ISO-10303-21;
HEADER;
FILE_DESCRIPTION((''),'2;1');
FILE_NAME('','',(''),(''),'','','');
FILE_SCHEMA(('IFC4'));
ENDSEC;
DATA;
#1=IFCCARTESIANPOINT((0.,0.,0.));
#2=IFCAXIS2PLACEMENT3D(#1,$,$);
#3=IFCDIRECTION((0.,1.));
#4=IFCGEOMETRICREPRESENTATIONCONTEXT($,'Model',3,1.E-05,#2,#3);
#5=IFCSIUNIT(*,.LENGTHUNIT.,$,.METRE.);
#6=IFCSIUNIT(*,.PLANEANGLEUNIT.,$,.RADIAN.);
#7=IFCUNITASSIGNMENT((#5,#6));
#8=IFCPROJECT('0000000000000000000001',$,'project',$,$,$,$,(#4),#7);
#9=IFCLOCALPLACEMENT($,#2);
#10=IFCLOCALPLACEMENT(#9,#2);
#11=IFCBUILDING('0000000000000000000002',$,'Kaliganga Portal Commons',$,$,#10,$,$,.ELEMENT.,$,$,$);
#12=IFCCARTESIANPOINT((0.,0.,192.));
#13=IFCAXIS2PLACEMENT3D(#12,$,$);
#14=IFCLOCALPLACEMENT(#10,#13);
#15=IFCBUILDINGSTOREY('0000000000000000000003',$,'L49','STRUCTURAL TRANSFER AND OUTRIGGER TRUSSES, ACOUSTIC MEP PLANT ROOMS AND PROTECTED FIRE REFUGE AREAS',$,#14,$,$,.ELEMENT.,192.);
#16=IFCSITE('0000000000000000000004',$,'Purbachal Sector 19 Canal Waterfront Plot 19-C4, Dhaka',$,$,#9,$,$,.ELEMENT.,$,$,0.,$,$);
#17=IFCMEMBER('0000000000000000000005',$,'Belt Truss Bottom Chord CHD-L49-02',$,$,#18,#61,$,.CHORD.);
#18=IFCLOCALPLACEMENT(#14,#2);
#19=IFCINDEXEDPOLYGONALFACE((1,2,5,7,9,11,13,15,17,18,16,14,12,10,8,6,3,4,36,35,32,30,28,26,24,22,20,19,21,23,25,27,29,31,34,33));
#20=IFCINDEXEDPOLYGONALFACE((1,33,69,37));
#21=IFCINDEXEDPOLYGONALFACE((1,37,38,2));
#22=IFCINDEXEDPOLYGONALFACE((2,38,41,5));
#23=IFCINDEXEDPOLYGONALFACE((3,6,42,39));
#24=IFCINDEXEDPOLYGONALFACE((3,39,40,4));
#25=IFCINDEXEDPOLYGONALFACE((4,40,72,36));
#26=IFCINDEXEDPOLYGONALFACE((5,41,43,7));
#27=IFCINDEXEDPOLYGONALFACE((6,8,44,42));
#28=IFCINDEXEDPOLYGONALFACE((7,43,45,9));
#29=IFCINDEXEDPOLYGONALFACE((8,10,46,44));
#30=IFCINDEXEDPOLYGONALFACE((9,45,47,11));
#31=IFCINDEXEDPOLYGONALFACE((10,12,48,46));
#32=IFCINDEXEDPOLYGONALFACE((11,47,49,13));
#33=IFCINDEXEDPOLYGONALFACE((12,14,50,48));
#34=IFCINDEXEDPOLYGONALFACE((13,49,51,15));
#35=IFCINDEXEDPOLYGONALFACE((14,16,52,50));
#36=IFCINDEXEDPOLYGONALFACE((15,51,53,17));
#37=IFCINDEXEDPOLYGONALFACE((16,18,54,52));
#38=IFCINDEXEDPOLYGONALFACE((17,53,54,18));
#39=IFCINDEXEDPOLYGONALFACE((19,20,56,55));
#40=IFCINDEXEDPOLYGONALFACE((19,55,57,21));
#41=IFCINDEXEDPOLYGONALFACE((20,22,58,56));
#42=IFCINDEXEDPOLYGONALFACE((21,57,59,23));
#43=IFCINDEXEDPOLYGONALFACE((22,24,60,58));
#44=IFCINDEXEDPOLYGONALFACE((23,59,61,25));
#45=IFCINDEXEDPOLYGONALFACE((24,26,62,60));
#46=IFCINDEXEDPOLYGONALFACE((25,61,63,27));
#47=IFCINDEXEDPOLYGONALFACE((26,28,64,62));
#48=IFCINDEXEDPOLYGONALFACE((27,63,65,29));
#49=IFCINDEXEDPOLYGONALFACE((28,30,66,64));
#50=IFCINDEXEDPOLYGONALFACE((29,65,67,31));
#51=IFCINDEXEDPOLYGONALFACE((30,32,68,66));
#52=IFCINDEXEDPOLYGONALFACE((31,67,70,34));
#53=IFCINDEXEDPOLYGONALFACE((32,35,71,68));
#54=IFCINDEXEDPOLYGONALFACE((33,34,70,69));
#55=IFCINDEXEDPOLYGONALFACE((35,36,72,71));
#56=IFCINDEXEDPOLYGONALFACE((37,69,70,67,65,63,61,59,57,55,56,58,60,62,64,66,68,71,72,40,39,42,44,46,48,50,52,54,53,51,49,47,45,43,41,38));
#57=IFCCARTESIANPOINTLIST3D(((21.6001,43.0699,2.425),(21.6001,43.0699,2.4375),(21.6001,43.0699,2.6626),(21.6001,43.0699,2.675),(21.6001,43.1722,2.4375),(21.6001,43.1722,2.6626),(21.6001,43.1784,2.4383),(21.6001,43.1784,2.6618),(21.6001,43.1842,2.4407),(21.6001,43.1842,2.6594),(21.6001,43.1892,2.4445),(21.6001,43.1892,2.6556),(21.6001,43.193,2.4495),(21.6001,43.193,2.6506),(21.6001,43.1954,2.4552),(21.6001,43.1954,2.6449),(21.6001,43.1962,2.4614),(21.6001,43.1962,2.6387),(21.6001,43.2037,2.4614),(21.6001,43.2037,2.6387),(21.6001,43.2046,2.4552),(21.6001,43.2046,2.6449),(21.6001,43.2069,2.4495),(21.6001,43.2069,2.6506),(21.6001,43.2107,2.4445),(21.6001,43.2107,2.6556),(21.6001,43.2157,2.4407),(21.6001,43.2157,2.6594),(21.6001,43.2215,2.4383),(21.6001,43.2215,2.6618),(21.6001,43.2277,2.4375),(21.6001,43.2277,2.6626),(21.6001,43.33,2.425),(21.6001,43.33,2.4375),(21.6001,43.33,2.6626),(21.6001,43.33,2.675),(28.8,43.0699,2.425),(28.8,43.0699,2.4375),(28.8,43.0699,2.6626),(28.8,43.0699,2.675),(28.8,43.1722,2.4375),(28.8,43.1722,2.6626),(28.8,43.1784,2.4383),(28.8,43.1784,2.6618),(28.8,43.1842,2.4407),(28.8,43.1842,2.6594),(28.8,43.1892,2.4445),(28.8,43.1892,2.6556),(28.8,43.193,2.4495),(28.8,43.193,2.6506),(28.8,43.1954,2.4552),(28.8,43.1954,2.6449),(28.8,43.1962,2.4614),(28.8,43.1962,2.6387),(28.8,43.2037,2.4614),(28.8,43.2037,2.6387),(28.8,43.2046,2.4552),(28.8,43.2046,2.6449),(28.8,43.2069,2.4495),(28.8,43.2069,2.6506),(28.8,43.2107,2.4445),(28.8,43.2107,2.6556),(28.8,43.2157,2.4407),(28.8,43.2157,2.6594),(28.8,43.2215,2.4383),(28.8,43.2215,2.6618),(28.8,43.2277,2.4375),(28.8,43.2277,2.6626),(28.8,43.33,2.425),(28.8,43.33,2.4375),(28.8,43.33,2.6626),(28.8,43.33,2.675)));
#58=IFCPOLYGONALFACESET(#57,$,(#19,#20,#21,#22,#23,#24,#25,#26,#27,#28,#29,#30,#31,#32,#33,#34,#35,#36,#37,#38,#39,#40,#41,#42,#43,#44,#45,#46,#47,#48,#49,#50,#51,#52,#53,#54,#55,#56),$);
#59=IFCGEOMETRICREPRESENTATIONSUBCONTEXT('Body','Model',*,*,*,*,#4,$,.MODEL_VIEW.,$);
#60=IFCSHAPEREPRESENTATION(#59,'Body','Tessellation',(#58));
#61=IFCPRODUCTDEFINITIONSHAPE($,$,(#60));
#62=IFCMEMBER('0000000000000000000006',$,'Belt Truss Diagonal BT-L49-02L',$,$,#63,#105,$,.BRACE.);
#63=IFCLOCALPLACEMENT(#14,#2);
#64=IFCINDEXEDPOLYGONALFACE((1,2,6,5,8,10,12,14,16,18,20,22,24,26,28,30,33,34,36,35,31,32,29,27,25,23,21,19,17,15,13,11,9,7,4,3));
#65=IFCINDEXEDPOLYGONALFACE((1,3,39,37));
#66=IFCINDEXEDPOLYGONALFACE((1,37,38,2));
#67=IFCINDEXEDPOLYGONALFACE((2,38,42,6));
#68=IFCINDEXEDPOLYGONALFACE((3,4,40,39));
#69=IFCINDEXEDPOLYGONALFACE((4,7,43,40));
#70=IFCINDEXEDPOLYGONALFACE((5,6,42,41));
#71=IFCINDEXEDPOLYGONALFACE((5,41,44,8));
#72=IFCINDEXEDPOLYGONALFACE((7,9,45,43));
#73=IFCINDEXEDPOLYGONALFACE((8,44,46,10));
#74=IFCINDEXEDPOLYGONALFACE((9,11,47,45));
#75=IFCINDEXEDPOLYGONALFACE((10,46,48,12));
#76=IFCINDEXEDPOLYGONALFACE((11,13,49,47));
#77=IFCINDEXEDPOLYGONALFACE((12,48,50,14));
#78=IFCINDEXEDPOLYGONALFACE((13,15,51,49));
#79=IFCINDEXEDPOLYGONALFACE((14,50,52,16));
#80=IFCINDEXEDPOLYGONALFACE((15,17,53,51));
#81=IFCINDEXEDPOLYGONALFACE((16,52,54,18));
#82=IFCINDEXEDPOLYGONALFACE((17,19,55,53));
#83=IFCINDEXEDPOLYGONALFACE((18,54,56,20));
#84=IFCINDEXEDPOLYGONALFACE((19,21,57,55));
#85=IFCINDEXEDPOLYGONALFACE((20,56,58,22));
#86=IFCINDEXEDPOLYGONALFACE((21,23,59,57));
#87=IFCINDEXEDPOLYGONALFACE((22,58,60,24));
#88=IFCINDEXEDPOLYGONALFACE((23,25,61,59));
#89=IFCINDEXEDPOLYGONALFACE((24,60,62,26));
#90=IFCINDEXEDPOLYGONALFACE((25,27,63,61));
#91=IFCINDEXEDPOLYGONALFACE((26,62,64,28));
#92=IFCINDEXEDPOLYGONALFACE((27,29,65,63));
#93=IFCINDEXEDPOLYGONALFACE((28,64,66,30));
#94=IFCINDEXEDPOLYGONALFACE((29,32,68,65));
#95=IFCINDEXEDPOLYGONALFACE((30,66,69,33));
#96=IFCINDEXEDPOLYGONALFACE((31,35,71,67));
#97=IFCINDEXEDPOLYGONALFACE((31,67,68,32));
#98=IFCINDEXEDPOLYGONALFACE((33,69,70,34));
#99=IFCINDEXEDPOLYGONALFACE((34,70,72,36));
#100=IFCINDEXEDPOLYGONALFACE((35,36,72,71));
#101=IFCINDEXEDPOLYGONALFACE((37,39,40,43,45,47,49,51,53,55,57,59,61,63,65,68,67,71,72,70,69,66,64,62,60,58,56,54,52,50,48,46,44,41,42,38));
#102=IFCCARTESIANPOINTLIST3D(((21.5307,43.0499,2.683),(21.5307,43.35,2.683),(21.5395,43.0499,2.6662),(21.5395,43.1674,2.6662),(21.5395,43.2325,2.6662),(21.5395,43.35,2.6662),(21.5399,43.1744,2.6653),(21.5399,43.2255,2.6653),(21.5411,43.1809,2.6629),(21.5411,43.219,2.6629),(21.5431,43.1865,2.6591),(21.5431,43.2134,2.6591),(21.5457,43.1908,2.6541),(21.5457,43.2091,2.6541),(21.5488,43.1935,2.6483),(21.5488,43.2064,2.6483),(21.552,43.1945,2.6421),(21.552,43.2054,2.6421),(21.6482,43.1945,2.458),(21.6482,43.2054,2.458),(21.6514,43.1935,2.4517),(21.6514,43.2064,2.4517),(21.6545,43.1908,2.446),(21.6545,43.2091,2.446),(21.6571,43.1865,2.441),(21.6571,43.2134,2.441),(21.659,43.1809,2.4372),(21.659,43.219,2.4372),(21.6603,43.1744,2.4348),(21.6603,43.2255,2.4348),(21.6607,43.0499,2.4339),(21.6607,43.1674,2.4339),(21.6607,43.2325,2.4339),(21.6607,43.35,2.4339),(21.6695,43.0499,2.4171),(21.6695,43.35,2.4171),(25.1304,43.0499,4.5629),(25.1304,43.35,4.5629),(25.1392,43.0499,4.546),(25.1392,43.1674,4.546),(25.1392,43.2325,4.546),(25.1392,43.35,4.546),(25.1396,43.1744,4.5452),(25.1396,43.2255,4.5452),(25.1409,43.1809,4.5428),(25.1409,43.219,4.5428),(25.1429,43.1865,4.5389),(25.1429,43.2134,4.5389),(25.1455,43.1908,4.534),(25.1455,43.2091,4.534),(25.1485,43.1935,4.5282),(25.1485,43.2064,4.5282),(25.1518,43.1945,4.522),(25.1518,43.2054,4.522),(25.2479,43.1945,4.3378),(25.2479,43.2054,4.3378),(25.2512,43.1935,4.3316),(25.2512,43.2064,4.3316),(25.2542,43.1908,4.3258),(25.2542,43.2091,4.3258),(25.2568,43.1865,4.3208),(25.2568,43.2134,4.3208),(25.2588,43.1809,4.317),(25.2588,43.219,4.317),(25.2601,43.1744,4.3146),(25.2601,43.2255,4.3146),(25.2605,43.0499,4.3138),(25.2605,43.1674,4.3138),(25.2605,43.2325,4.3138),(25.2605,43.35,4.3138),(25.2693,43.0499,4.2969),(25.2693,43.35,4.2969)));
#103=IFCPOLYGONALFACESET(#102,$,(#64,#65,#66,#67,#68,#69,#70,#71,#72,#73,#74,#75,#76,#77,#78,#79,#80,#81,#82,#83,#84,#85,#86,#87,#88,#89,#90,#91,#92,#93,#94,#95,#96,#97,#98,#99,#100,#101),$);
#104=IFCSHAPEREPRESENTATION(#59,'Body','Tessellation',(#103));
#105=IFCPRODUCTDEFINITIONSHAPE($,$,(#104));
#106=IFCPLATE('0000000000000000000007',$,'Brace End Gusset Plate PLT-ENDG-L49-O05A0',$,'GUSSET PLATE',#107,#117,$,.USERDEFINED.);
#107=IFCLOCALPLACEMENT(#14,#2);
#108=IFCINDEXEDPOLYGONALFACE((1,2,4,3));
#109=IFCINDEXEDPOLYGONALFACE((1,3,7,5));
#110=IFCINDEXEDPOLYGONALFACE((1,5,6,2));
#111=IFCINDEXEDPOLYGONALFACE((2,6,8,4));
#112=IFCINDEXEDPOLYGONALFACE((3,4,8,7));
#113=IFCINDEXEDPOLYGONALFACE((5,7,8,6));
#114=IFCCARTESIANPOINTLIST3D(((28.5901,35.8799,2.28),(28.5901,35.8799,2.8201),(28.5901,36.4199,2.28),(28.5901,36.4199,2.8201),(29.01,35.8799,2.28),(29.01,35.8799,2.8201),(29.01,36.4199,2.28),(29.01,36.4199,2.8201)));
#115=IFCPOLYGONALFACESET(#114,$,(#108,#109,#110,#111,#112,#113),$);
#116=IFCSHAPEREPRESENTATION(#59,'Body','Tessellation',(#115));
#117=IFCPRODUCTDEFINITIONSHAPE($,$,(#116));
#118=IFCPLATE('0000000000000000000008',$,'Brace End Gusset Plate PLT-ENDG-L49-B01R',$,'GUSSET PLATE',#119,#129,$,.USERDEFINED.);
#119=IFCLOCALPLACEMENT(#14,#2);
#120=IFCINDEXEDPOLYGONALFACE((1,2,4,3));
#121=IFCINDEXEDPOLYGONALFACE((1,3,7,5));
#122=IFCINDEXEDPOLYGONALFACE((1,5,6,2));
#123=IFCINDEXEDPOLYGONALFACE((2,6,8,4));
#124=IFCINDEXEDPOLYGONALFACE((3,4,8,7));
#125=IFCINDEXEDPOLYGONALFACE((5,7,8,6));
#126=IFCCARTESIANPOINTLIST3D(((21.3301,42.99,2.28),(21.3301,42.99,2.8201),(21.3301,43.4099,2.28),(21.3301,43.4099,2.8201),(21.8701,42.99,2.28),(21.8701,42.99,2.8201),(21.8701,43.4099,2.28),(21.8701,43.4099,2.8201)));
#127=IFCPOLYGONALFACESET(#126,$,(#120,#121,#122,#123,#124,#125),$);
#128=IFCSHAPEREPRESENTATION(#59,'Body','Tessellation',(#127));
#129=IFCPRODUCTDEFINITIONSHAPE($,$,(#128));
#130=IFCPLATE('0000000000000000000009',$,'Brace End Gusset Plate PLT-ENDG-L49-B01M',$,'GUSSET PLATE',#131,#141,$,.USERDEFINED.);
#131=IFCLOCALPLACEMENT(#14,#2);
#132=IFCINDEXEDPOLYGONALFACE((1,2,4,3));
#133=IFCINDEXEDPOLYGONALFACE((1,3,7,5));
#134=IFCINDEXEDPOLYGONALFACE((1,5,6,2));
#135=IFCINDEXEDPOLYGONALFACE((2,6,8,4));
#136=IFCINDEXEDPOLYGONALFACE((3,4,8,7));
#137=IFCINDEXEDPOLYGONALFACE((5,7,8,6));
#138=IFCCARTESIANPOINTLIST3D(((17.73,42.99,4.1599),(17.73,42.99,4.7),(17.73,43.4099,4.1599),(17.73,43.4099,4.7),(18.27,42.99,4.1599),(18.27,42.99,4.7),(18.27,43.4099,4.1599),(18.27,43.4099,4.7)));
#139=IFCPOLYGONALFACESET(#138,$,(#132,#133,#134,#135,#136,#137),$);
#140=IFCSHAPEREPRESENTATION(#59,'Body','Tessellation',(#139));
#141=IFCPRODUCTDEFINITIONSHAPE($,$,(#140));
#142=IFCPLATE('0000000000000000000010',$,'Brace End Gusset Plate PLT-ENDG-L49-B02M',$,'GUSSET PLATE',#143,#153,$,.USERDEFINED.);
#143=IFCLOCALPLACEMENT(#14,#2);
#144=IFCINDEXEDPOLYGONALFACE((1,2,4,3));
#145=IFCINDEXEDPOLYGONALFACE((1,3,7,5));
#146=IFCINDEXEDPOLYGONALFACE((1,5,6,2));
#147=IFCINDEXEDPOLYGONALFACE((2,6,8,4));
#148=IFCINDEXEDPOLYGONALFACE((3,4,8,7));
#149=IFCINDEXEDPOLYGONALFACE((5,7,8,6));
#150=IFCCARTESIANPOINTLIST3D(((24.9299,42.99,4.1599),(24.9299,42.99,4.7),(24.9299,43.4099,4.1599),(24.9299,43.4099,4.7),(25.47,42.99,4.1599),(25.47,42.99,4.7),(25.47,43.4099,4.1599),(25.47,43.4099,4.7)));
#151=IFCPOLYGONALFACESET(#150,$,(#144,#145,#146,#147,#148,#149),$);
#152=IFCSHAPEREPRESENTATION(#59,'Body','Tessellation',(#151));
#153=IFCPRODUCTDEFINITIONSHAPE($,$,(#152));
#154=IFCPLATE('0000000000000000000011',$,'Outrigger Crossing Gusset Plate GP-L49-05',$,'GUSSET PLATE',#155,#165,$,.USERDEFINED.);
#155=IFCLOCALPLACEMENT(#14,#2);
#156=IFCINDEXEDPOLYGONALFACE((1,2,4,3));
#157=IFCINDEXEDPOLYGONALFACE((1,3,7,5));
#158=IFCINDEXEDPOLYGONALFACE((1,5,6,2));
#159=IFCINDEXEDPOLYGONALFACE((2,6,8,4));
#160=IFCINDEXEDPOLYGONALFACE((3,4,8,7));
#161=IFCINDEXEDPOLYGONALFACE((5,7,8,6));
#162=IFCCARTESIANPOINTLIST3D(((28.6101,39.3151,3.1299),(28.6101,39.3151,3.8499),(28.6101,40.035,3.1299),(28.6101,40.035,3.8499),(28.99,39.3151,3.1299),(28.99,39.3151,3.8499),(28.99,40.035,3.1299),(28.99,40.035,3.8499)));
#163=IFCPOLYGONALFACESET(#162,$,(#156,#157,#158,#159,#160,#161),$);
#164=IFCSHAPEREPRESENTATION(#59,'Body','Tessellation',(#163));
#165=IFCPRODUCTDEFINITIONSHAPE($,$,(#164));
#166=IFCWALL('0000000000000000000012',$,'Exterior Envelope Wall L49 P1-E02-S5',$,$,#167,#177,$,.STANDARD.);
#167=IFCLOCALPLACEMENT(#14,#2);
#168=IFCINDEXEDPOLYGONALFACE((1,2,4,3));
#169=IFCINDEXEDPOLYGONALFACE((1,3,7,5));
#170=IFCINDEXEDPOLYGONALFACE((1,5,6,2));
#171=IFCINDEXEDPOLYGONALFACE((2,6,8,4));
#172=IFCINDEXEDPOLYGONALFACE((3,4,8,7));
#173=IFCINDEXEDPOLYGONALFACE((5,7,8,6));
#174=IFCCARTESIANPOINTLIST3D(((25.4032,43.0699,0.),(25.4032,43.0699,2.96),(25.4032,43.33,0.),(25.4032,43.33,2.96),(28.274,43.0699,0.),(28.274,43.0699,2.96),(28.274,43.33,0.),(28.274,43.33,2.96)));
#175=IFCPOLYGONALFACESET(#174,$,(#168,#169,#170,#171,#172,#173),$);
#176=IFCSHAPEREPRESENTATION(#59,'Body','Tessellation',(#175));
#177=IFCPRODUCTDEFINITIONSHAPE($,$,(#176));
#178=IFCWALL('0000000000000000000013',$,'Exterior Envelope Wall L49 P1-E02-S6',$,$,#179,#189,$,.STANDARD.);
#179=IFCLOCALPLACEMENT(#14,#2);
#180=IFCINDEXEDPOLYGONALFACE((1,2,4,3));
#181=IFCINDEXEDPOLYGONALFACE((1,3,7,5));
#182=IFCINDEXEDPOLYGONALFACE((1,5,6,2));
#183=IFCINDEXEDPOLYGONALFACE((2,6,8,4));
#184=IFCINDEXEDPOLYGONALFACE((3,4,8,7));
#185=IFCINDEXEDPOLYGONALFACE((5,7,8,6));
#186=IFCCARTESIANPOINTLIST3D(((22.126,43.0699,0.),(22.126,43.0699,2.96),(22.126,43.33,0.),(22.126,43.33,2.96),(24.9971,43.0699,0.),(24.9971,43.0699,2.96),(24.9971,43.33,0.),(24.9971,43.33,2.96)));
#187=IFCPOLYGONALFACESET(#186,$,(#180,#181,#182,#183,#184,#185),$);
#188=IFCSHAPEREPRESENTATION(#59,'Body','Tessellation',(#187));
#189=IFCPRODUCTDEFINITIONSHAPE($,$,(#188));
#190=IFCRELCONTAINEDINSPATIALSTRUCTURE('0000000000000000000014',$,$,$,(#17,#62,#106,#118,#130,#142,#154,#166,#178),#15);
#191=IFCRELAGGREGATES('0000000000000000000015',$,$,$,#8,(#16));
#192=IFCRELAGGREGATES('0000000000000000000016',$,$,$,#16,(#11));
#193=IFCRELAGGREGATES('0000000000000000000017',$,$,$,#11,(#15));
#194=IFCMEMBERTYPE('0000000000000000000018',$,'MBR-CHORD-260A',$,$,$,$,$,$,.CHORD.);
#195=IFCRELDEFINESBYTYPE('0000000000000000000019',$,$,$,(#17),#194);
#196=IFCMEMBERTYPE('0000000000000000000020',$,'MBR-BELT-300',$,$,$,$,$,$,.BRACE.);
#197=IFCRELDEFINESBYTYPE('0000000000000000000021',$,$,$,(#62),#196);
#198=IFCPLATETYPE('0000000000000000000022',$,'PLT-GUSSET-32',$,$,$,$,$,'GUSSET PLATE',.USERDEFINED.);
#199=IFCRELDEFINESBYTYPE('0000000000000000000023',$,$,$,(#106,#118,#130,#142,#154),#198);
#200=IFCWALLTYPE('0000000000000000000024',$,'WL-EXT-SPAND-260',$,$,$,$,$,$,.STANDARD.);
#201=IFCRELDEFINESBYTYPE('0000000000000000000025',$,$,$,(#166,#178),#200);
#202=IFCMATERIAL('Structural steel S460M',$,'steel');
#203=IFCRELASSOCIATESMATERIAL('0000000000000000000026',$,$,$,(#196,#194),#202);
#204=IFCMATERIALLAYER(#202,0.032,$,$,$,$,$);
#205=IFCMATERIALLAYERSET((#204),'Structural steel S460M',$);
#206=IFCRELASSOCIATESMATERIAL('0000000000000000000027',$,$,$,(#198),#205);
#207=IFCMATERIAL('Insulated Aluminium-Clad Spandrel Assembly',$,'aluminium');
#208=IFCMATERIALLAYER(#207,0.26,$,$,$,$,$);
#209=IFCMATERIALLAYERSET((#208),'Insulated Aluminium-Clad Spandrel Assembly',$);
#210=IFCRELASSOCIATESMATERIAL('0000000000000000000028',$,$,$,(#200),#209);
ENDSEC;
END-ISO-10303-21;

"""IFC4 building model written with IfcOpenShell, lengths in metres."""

from ifc_helpers import new_model, si_unit, direction, frame, frame_2d, origin, origin_2d, place, context, subcontext, project, spatial, rectangle, i_section, extrude, source, transform, mapped, material, layer, layer_set, material_profile, profile_set, type_object, element, save


model = new_model("IFC4")

# Units and contexts
model_context = context("Model", 3, precision=1e-05, world=origin(), true_north=direction((0.0, 1.0)))
body_context = subcontext(model_context, "Body", "Model", "MODEL_VIEW")
ifc_project = project(units=[si_unit("LENGTHUNIT", "METRE"), si_unit("PLANEANGLEUNIT", "RADIAN")], contexts=[model_context])

# Site, building, storey
site_placement = place(None, origin())
site = spatial("IfcSite", under=ifc_project, at=site_placement, Name="Purbachal Sector 19 Canal Waterfront Plot 19-C4, Dhaka", CompositionType="ELEMENT", RefElevation=0.0)
building_placement = place(site_placement, origin())
building = spatial("IfcBuilding", under=site, at=building_placement, Name="Kaliganga Portal Commons", CompositionType="ELEMENT")
storey_placement = place(building_placement, frame((0.0, 0.0, 192.0)))
storey = spatial("IfcBuildingStorey", under=building, at=storey_placement, Name="L49", Description="STRUCTURAL TRANSFER AND OUTRIGGER TRUSSES, ACOUSTIC MEP PLANT ROOMS AND PROTECTED FIRE REFUGE AREAS", CompositionType="ELEMENT", Elevation=192.0)

# Shared definitions
ifc_material_1 = material(Name="Structural steel S460M", Category="steel")

# Members
ifc_material_profile_1 = material_profile(ifc_material_1, i_section(OverallWidth=0.3, OverallDepth=0.3, WebThickness=0.011, FlangeThickness=0.019, FilletRadius=0.0271, at=origin_2d()), Name="HE 300 B")
ifc_profile_set_1 = profile_set([ifc_material_profile_1], Name="Structural steel S460M wide-flange")
member_type_1 = type_object("IfcMemberType", Name="MBR-BELT-300", PredefinedType="BRACE", material=ifc_profile_set_1)
ifc_material_profile_2 = material_profile(ifc_material_1, i_section(OverallWidth=0.26, OverallDepth=0.25, WebThickness=0.0076, FlangeThickness=0.0125, FilletRadius=0.0239, at=origin_2d()), Name="HE 260 A")
ifc_profile_set_2 = profile_set([ifc_material_profile_2], Name="Structural steel S460M wide-flange")
member_type_2 = type_object("IfcMemberType", Name="MBR-CHORD-260A", PredefinedType="CHORD", material=ifc_profile_set_2)
shared_shape_1 = source(origin(), body_context, "Body", "SweptSolid", [
    extrude(i_section(OverallWidth=0.26, OverallDepth=0.25, WebThickness=0.0076, FlangeThickness=0.0125, FilletRadius=0.0239, at=origin_2d()), origin(), (0.0, 0.0, 1.0), 7.2),
])
member_1_placement = place(storey_placement, frame((21.6001, 43.2, 2.55), z_axis=(1.0, 0.0, 0.0), x_axis=(0.0, 1.0, 0.0)))
element("IfcMember", 1, at=member_1_placement, inside=storey, type_object=member_type_2, Name="Belt Truss Bottom Chord CHD-L49-02", PredefinedType="CHORD", context=body_context, shape_type="MappedRepresentation", body=[
    mapped(shared_shape_1, transform((0.0, 0.0, 0.0), x_axis=(1.0, 0.0, 0.0), y_axis=(0.0, 1.0, 0.0), z_axis=(0.0, 0.0, 1.0), scale=1.0)),
])
shared_shape_2 = source(origin(), body_context, "Body", "SweptSolid", [
    extrude(i_section(OverallWidth=0.3, OverallDepth=0.3, WebThickness=0.011, FlangeThickness=0.019, FilletRadius=0.0271, at=origin_2d()), origin(), (0.0, 0.0, 1.0), 4.061),
])
member_2_placement = place(storey_placement, frame((21.6001, 43.2, 2.55), z_axis=(0.886413, 0.0, 0.462895), x_axis=(0.0, 1.0, 0.0)))
element("IfcMember", 2, at=member_2_placement, inside=storey, type_object=member_type_1, Name="Belt Truss Diagonal BT-L49-02L", PredefinedType="BRACE", context=body_context, shape_type="MappedRepresentation", body=[
    mapped(shared_shape_2, transform((0.0, 0.0, 0.0), x_axis=(1.0, 0.0, 0.0), y_axis=(0.0, 1.0, 0.0), z_axis=(0.0, 0.0, 1.0), scale=1.0)),
])

# Plates
ifc_layer_1 = layer(ifc_material_1, 0.032)
ifc_layer_set_1 = layer_set([ifc_layer_1], Name="Structural steel S460M")
plate_type = type_object("IfcPlateType", Name="PLT-GUSSET-32", ElementType="GUSSET PLATE", PredefinedType="USERDEFINED", material=ifc_layer_set_1)
shared_shape_3 = source(origin(), body_context, "Body", "SweptSolid", [
    extrude(rectangle(XDim=0.54, YDim=0.4199, at=origin_2d()), origin(), (0.0, 0.0, 1.0), 0.54),
])
for number, where, z_axis, x_axis, name in (
    (3, (28.8, 36.1499, 2.28), (0.0, 0.0, 1.0), (0.0, 1.0, 0.0), "Brace End Gusset Plate PLT-ENDG-L49-O05A0"),
    (4, (21.6001, 43.2, 2.28), (0.0, 0.0, 1.0), (1.0, 0.0, 0.0), "Brace End Gusset Plate PLT-ENDG-L49-B01R"),
    (5, (18.0, 43.2, 4.1599), (0.0, 0.0, 1.0), (1.0, 0.0, 0.0), "Brace End Gusset Plate PLT-ENDG-L49-B01M"),
    (6, (25.2, 43.2, 4.1599), (0.0, 0.0, 1.0), (1.0, 0.0, 0.0), "Brace End Gusset Plate PLT-ENDG-L49-B02M"),
):
    element("IfcPlate", number, at=place(storey_placement, frame(where, z_axis=z_axis, x_axis=x_axis)), inside=storey, type_object=plate_type, Name=name, ObjectType="GUSSET PLATE", PredefinedType="USERDEFINED", context=body_context, shape_type="MappedRepresentation", body=[
        mapped(shared_shape_3, transform((0.0, 0.0, 0.0), x_axis=(1.0, 0.0, 0.0), y_axis=(0.0, 1.0, 0.0), z_axis=(0.0, 0.0, 1.0), scale=1.0)),
    ])
shared_shape_4 = source(origin(), body_context, "Body", "SweptSolid", [
    extrude(rectangle(XDim=0.72, YDim=0.3799, at=origin_2d()), origin(), (0.0, 0.0, 1.0), 0.72),
])
plate_placement = place(storey_placement, frame((28.8, 39.675, 3.1299), z_axis=(0.0, 0.0, 1.0), x_axis=(0.0, 1.0, 0.0)))
element("IfcPlate", 7, at=plate_placement, inside=storey, type_object=plate_type, Name="Outrigger Crossing Gusset Plate GP-L49-05", ObjectType="GUSSET PLATE", PredefinedType="USERDEFINED", context=body_context, shape_type="MappedRepresentation", body=[
    mapped(shared_shape_4, transform((0.0, 0.0, 0.0), x_axis=(1.0, 0.0, 0.0), y_axis=(0.0, 1.0, 0.0), z_axis=(0.0, 0.0, 1.0), scale=1.0)),
])

# Walls
ifc_material_2 = material(Name="Insulated Aluminium-Clad Spandrel Assembly", Category="aluminium")
ifc_layer_2 = layer(ifc_material_2, 0.26)
ifc_layer_set_2 = layer_set([ifc_layer_2], Name="Insulated Aluminium-Clad Spandrel Assembly")
wall_type = type_object("IfcWallType", Name="WL-EXT-SPAND-260", PredefinedType="STANDARD", material=ifc_layer_set_2)
wall_placement = place(storey_placement, frame((25.4031, 43.2, 0.0), z_axis=(0.0, 0.0, 1.0), x_axis=(1.0, 0.0, 0.0)))
element("IfcWall", 8, at=wall_placement, inside=storey, type_object=wall_type, Name="Exterior Envelope Wall L49 P1-E02-S5", PredefinedType="STANDARD", context=body_context, shape_type="SweptSolid", body=[
    extrude(rectangle(XDim=2.8708, YDim=0.26, at=frame_2d((1.4355, 0.0))), origin(), (0.0, 0.0, 1.0), 2.96),
])
for number, where, z_axis, x_axis, name in (
    (9, (22.126, 43.2, 0.0), (0.0, 0.0, 1.0), (1.0, 0.0, 0.0), "Exterior Envelope Wall L49 P1-E02-S6"),
):
    element("IfcWall", number, at=place(storey_placement, frame(where, z_axis=z_axis, x_axis=x_axis)), inside=storey, type_object=wall_type, Name=name, PredefinedType="STANDARD", context=body_context, shape_type="SweptSolid", body=[
        extrude(rectangle(XDim=2.8711, YDim=0.26, at=frame_2d((1.4355, 0.0))), origin(), (0.0, 0.0, 1.0), 2.96),
    ])

save(model, "model.ifc")
